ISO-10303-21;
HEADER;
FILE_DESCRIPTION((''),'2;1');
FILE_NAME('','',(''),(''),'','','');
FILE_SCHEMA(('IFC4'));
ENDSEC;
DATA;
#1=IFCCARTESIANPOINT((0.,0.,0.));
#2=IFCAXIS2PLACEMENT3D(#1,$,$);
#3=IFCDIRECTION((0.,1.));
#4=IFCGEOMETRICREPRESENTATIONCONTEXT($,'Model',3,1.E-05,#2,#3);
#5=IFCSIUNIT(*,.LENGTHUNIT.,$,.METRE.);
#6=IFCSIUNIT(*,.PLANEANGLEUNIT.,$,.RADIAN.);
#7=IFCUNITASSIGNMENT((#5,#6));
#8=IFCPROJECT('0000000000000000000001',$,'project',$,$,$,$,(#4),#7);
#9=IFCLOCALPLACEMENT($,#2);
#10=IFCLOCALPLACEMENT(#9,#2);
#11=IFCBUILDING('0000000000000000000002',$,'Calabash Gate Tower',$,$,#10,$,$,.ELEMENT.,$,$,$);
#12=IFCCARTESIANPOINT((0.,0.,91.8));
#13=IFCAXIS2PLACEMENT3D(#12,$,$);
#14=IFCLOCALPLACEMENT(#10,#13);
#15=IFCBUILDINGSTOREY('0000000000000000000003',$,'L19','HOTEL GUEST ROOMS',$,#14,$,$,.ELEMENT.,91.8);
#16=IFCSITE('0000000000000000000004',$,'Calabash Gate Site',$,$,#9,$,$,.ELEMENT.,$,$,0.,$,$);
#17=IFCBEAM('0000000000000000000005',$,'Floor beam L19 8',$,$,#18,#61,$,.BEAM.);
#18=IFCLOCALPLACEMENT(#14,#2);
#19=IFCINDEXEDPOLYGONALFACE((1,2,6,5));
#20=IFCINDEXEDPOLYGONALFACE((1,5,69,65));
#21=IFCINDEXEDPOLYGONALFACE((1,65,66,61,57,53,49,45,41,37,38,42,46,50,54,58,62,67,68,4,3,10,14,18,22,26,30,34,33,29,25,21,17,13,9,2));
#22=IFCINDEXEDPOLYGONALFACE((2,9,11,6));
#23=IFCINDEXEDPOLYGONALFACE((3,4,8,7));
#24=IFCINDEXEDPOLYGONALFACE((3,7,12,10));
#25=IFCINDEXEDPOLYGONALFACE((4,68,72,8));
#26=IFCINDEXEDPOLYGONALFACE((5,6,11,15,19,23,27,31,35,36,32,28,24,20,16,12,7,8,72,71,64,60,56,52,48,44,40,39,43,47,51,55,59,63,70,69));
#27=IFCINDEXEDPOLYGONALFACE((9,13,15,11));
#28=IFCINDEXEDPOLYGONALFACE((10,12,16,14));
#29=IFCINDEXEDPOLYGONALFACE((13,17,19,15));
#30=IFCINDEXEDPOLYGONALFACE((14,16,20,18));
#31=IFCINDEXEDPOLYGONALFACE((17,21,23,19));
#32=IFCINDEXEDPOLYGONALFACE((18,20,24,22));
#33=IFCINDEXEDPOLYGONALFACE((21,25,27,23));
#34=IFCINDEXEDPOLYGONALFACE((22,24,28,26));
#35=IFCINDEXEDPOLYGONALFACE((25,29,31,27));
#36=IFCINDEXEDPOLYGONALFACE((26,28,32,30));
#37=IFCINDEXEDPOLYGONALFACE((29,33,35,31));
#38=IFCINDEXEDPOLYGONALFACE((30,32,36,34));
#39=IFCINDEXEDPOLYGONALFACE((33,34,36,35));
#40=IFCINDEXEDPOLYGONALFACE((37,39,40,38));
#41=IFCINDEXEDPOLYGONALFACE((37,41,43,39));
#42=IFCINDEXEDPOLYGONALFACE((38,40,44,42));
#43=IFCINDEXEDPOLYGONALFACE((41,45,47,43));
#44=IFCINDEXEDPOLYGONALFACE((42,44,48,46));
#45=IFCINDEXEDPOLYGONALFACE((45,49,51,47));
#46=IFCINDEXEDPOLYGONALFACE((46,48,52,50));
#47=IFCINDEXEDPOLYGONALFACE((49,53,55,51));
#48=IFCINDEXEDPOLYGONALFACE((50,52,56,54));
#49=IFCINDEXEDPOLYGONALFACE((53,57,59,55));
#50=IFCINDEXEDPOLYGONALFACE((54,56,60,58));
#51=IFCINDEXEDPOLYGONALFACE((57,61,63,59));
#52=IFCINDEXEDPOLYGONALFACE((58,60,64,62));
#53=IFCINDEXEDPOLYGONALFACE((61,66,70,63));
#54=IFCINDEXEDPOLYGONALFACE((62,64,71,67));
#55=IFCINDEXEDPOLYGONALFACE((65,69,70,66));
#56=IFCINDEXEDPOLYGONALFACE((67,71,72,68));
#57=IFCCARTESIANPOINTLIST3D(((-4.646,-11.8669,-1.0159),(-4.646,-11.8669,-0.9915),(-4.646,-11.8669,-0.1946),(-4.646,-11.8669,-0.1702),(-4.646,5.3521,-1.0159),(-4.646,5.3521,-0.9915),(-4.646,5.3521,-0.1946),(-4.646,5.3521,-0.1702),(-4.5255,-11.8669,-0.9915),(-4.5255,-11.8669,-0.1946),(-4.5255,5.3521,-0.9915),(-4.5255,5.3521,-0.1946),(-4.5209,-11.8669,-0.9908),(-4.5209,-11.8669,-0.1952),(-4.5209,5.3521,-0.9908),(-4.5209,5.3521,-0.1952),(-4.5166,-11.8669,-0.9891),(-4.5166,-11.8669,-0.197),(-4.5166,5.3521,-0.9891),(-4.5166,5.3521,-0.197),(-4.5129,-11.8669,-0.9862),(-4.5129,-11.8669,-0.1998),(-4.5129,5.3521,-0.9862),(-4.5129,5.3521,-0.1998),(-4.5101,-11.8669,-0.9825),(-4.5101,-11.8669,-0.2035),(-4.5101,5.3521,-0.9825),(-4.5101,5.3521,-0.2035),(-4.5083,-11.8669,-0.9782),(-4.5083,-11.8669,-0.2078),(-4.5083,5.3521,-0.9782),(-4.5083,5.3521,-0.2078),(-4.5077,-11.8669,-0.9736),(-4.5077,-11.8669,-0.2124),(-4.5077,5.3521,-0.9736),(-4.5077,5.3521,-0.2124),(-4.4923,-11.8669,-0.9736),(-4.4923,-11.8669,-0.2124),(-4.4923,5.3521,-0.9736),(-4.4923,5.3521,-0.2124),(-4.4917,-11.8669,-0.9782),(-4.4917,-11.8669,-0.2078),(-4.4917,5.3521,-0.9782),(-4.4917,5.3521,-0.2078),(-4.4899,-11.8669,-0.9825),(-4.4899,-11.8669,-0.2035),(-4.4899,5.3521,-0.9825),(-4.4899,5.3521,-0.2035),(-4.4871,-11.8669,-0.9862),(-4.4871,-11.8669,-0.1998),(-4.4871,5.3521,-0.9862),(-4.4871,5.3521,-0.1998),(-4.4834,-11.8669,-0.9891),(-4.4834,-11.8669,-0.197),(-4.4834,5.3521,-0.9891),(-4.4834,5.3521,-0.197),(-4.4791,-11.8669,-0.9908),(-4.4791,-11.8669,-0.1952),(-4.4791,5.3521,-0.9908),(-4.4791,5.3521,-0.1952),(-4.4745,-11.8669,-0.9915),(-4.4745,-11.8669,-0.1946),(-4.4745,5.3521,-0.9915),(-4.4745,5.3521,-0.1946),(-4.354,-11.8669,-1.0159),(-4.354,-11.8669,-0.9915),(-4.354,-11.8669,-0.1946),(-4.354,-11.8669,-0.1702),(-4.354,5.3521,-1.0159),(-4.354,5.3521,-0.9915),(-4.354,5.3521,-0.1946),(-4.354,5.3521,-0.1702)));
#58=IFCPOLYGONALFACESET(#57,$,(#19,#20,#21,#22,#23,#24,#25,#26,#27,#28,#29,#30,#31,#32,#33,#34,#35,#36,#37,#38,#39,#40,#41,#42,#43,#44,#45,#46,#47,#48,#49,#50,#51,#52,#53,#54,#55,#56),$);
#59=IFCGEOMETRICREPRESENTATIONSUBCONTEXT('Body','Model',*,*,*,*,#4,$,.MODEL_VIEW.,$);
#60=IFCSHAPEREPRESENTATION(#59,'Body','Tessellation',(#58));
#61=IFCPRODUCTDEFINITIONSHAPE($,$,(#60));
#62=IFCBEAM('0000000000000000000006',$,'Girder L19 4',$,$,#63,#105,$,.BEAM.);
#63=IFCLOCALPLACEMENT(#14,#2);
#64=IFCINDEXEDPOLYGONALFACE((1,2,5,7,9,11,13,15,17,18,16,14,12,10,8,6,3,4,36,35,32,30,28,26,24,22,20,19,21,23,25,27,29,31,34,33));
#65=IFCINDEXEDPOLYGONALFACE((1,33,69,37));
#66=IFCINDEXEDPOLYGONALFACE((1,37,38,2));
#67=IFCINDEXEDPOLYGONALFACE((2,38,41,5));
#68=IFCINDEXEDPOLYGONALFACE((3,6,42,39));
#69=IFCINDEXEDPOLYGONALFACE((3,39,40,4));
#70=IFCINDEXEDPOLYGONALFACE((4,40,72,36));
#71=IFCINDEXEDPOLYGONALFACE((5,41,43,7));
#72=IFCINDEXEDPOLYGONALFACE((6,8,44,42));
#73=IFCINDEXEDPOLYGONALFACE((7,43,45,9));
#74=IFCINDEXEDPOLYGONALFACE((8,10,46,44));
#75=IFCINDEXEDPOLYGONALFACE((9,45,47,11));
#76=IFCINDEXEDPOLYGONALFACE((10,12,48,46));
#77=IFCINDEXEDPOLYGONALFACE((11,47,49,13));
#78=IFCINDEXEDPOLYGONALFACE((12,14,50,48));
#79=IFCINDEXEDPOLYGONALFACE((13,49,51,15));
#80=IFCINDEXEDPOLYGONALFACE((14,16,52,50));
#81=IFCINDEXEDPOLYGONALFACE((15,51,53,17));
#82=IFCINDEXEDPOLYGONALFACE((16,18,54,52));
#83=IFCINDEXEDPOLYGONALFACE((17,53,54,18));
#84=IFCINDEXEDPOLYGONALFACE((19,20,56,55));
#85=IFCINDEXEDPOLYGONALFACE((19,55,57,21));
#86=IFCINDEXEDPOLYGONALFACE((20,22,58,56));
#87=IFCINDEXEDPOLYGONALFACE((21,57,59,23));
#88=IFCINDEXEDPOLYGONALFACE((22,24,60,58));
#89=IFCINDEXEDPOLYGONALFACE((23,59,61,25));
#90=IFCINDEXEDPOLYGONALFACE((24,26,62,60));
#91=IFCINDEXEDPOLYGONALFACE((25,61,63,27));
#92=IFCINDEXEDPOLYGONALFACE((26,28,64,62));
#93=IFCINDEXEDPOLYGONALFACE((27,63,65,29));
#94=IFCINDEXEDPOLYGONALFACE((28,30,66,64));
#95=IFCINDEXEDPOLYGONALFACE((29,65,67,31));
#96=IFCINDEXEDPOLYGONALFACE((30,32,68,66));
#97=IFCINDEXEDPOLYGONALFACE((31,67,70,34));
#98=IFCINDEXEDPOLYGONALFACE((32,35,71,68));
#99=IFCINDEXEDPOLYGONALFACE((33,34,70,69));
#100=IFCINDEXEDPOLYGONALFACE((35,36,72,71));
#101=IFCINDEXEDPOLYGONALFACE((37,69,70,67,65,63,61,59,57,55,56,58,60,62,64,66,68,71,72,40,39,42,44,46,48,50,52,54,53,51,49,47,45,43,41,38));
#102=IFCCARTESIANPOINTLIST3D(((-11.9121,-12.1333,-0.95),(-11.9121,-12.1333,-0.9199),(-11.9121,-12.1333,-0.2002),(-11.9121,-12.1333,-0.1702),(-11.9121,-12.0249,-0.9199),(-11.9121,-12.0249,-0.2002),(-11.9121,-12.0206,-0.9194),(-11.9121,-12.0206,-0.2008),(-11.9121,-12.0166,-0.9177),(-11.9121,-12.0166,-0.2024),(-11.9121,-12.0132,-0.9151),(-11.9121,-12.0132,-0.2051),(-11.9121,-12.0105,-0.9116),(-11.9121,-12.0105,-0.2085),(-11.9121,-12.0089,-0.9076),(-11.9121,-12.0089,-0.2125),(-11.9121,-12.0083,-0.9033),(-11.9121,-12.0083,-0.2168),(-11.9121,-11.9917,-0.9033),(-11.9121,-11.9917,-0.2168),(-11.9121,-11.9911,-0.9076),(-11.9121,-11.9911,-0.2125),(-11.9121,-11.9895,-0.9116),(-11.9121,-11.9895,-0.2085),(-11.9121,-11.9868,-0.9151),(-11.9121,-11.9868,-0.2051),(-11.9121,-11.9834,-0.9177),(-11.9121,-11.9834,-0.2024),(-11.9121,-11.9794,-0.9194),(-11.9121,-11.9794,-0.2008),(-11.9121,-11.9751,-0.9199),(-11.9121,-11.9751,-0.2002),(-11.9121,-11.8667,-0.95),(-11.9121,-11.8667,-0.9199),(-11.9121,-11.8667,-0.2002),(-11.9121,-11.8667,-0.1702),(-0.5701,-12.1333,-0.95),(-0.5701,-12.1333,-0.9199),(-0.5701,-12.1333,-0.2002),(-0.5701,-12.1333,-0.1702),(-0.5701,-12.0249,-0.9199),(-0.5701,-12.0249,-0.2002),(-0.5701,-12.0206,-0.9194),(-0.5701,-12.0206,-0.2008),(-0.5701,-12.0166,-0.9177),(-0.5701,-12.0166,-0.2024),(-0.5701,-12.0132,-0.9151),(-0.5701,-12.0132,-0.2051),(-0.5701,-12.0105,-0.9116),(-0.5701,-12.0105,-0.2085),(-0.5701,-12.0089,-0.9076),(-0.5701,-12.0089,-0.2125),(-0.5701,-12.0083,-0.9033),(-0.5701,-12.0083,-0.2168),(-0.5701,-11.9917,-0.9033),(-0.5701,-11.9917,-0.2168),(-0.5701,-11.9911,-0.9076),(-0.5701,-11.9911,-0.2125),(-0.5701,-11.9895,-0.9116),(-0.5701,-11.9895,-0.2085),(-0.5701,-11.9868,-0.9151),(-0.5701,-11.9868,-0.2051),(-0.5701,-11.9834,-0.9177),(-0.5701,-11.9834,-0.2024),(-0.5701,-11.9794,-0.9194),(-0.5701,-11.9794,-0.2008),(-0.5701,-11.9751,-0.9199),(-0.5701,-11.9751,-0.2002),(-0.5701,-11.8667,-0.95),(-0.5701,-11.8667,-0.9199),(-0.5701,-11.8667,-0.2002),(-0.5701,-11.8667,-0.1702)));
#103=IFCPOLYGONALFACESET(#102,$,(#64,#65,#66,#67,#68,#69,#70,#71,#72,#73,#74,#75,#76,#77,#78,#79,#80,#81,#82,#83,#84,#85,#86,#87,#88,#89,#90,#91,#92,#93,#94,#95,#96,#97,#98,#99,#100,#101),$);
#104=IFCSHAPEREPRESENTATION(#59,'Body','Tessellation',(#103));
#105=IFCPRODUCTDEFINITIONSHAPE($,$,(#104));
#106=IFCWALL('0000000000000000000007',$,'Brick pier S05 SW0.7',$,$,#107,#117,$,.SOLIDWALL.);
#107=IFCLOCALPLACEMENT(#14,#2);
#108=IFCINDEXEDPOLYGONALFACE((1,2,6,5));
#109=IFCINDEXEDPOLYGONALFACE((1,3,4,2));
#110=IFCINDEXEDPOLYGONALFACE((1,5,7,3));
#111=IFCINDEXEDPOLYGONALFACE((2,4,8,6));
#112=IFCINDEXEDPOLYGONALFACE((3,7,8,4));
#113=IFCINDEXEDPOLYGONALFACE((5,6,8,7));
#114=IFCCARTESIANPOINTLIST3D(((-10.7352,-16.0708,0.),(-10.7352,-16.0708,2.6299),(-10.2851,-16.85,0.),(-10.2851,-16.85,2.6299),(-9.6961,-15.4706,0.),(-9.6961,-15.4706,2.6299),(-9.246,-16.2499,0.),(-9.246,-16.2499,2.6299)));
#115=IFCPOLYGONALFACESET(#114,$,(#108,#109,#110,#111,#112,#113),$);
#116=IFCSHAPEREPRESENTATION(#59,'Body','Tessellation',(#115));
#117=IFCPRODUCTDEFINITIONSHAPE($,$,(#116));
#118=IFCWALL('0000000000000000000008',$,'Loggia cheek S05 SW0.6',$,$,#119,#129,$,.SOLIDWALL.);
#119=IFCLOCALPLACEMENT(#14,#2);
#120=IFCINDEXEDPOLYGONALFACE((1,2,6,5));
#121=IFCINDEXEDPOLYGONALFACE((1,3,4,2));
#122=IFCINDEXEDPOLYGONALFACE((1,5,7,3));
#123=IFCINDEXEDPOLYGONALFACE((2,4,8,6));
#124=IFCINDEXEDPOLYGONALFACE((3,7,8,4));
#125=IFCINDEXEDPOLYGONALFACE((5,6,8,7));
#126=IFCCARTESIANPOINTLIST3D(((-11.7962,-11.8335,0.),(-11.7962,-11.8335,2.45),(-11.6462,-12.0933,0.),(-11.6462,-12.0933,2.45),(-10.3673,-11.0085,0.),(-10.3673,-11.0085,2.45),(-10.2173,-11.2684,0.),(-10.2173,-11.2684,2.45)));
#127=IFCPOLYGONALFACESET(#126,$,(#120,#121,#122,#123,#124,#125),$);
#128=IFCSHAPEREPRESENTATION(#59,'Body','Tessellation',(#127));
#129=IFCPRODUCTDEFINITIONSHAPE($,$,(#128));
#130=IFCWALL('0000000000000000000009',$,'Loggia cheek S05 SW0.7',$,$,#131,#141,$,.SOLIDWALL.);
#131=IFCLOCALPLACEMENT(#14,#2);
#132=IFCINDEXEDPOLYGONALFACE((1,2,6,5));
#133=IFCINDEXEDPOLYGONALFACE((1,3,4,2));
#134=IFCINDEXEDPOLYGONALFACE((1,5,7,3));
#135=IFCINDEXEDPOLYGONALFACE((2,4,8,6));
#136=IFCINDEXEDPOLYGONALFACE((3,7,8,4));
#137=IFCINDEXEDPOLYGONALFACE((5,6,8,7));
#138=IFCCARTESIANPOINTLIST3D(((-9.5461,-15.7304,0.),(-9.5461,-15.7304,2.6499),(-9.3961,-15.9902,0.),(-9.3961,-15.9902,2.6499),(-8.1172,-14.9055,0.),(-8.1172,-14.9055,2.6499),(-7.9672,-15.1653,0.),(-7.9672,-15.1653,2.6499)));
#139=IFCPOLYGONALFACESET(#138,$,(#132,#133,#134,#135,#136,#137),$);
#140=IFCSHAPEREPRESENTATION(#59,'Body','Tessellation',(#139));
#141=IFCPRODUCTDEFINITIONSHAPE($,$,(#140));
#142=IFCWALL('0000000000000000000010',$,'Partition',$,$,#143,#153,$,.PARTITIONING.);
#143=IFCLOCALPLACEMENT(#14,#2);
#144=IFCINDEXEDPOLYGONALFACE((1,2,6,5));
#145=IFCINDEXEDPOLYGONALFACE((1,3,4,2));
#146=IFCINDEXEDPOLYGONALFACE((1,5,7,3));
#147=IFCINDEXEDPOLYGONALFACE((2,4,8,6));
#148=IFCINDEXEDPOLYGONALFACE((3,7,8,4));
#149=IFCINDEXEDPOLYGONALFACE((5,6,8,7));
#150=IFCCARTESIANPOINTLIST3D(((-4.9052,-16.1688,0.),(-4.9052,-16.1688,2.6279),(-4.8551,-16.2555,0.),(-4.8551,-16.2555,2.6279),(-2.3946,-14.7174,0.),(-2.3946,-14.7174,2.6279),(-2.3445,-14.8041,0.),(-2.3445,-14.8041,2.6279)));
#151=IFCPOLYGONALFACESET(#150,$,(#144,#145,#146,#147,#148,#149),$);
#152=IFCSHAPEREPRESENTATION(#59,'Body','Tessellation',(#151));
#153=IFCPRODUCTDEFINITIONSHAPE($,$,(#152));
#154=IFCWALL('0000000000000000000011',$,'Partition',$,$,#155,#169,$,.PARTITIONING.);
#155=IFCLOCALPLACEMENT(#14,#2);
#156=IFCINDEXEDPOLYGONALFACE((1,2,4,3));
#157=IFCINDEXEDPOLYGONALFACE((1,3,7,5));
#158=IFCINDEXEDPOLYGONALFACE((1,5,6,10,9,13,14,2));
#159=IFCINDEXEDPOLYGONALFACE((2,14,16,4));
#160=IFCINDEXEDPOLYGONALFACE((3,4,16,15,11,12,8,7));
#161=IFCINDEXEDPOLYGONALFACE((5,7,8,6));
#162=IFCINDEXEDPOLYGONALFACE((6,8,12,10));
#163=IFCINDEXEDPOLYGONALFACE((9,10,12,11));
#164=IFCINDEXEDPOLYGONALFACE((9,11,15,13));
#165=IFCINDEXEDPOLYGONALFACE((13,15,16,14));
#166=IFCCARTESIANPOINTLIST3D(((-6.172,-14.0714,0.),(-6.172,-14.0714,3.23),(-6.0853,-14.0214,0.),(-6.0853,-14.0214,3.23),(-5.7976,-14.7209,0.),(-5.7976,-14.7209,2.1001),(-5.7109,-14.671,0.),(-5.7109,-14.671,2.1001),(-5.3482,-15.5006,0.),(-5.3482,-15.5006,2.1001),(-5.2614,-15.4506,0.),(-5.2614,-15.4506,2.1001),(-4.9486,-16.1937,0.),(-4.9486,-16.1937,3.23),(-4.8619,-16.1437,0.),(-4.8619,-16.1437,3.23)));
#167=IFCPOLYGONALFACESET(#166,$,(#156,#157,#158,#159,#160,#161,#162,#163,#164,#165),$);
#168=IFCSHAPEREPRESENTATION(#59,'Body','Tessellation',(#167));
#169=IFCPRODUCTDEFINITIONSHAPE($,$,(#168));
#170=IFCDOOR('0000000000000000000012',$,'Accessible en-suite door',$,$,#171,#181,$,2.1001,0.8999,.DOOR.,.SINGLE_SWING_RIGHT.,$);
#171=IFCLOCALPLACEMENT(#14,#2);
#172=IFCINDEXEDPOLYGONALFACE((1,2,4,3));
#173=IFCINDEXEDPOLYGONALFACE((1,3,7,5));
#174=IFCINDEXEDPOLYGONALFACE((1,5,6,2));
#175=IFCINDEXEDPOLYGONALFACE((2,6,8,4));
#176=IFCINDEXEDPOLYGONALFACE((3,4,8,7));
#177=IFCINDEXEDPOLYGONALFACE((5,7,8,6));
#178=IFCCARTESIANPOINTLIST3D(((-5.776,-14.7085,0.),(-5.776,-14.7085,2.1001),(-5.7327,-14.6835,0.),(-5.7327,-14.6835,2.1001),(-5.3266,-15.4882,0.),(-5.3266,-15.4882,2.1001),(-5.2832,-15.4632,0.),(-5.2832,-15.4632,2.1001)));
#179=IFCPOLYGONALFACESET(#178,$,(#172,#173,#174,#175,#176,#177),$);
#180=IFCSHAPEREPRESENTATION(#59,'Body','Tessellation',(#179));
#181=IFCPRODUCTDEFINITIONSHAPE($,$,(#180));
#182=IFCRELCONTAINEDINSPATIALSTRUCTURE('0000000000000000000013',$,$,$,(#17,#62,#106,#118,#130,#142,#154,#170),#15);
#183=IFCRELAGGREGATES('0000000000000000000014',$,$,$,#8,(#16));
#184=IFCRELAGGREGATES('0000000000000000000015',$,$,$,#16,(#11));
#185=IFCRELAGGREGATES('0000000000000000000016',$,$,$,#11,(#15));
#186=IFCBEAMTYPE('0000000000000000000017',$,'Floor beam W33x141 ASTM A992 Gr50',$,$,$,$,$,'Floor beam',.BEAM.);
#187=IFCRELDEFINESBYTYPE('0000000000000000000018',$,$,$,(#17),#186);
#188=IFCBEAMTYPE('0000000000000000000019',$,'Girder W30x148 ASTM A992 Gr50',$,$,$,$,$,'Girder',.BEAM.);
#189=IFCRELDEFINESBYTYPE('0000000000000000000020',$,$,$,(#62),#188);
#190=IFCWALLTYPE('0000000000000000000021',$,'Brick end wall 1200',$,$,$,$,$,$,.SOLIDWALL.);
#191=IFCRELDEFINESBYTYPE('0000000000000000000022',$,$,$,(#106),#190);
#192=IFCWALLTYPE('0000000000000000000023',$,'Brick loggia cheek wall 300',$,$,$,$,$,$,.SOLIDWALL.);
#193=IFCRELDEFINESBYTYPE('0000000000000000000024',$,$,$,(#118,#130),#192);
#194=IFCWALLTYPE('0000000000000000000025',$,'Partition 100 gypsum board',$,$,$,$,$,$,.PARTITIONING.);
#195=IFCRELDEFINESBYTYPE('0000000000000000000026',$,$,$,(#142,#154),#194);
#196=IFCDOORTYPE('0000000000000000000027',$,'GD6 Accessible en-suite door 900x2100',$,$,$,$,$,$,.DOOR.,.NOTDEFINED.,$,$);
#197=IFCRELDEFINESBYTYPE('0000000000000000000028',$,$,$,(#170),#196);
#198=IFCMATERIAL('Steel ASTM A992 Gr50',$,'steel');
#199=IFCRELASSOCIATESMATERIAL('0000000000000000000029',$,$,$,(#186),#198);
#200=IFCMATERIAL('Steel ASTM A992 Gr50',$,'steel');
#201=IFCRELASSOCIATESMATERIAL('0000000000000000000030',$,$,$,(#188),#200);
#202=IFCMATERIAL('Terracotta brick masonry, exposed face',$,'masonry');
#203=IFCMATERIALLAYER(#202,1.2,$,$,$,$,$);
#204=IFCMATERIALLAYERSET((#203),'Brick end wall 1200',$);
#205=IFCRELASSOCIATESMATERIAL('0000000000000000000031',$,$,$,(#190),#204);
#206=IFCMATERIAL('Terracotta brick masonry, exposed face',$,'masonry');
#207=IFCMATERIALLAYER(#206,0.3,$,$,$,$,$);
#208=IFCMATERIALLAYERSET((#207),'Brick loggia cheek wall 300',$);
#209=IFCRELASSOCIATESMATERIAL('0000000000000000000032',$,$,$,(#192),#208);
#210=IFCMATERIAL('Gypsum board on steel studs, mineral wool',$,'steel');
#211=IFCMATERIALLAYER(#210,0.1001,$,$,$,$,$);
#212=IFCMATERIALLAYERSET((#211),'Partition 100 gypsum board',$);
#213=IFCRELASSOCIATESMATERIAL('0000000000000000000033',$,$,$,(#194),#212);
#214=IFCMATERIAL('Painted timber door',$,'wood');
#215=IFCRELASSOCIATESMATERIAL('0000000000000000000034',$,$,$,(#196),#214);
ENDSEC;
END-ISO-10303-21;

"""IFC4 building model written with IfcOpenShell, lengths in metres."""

from ifc_helpers import new_model, si_unit, direction, frame, frame_2d, origin, origin_2d, place, context, subcontext, project, spatial, rectangle, i_section, extrude, material, layer, layer_set, material_profile, profile_set, type_object, element, fill, save


model = new_model("IFC4")

# Units and contexts
model_context = context("Model", 3, precision=1e-05, world=origin(), true_north=direction((0.0, 1.0)))
body_context = subcontext(model_context, "Body", "Model", "MODEL_VIEW")
ifc_project = project(units=[si_unit("LENGTHUNIT", "METRE"), si_unit("PLANEANGLEUNIT", "RADIAN")], contexts=[model_context])

# Site, building, storey
site_placement = place(None, origin())
site = spatial("IfcSite", under=ifc_project, at=site_placement, Name="Calabash Gate Site", CompositionType="ELEMENT", RefElevation=0.0)
building_placement = place(site_placement, origin())
building = spatial("IfcBuilding", under=site, at=building_placement, Name="Calabash Gate Tower", CompositionType="ELEMENT")
storey_placement = place(building_placement, frame((0.0, 0.0, 91.8)))
storey = spatial("IfcBuildingStorey", under=building, at=storey_placement, Name="L19", Description="HOTEL GUEST ROOMS", CompositionType="ELEMENT", Elevation=91.8)

# Beams
ifc_material_1 = material(Name="Steel ASTM A992 Gr50", Category="steel")
ifc_material_profile_1 = material_profile(ifc_material_1, i_section(OverallWidth=0.292, OverallDepth=0.8457, WebThickness=0.0154, FlangeThickness=0.0244, FilletRadius=0.0178, at=origin_2d()))
ifc_profile_set_1 = profile_set([ifc_material_profile_1], Name="Steel ASTM A992 Gr50")
beam_type_1 = type_object("IfcBeamType", Name="Floor beam W33x141 ASTM A992 Gr50", ElementType="Floor beam", PredefinedType="BEAM", material=ifc_profile_set_1)
beam_1_placement = place(storey_placement, frame((-4.5, -11.8669, -0.593), z_axis=(0.0, 1.0, 0.0), x_axis=(-1.0, 0.0, 0.0)))
element("IfcBeam", 1, at=beam_1_placement, inside=storey, type_object=beam_type_1, Name="Floor beam L19 8", PredefinedType="BEAM", context=body_context, shape_type="SweptSolid", body=[
    extrude(i_section(OverallWidth=0.292, OverallDepth=0.8457, WebThickness=0.0154, FlangeThickness=0.0244, FilletRadius=0.0178, at=origin_2d()), origin(), (0.0, 0.0, 1.0), 17.219),
])
ifc_material_2 = material(Name="Steel ASTM A992 Gr50", Category="steel")
ifc_material_profile_2 = material_profile(ifc_material_2, i_section(OverallWidth=0.2666, OverallDepth=0.7798, WebThickness=0.0166, FlangeThickness=0.03, FilletRadius=0.0166, at=origin_2d()))
ifc_profile_set_2 = profile_set([ifc_material_profile_2], Name="Steel ASTM A992 Gr50")
beam_type_2 = type_object("IfcBeamType", Name="Girder W30x148 ASTM A992 Gr50", ElementType="Girder", PredefinedType="BEAM", material=ifc_profile_set_2)
beam_2_placement = place(storey_placement, frame((-11.9121, -12.0, -0.5601), z_axis=(1.0, 0.0, 0.0), x_axis=(0.0, 1.0, 0.0)))
element("IfcBeam", 2, at=beam_2_placement, inside=storey, type_object=beam_type_2, Name="Girder L19 4", PredefinedType="BEAM", context=body_context, shape_type="SweptSolid", body=[
    extrude(i_section(OverallWidth=0.2666, OverallDepth=0.7798, WebThickness=0.0166, FlangeThickness=0.03, FilletRadius=0.0166, at=origin_2d()), origin(), (0.0, 0.0, 1.0), 11.342),
])

# Walls
ifc_material_3 = material(Name="Terracotta brick masonry, exposed face", Category="masonry")
ifc_layer_1 = layer(ifc_material_3, 1.2)
ifc_layer_set_1 = layer_set([ifc_layer_1], Name="Brick end wall 1200")
wall_type_1 = type_object("IfcWallType", Name="Brick end wall 1200", PredefinedType="SOLIDWALL", material=ifc_layer_set_1)
wall_1_placement = place(storey_placement, frame((-10.5103, -16.4604, 0.0), z_axis=(0.0, 0.0, 1.0), x_axis=(0.865955, 0.500122, 0.0)))
element("IfcWall", 3, at=wall_1_placement, inside=storey, type_object=wall_type_1, Name="Brick pier S05 SW0.7", PredefinedType="SOLIDWALL", context=body_context, shape_type="SweptSolid", body=[
    extrude(rectangle(XDim=1.2, YDim=0.8999, at=frame_2d((0.6001, 0.0))), origin(), (0.0, 0.0, 1.0), 2.6299),
])
ifc_material_4 = material(Name="Terracotta brick masonry, exposed face", Category="masonry")
ifc_layer_2 = layer(ifc_material_4, 0.3)
ifc_layer_set_2 = layer_set([ifc_layer_2], Name="Brick loggia cheek wall 300")
wall_type_2 = type_object("IfcWallType", Name="Brick loggia cheek wall 300", PredefinedType="SOLIDWALL", material=ifc_layer_set_2)
wall_2_placement = place(storey_placement, frame((-11.7212, -11.9634, 0.0), z_axis=(0.0, 0.0, 1.0), x_axis=(0.86604, 0.499974, 0.0)))
element("IfcWall", 4, at=wall_2_placement, inside=storey, type_object=wall_type_2, Name="Loggia cheek S05 SW0.6", PredefinedType="SOLIDWALL", context=body_context, shape_type="SweptSolid", body=[
    extrude(rectangle(XDim=1.6499, YDim=0.3, at=frame_2d((0.825, 0.0))), origin(), (0.0, 0.0, 1.0), 2.45),
])
wall_3_placement = place(storey_placement, frame((-8.0422, -15.0354, 0.0), z_axis=(0.0, 0.0, 1.0), x_axis=(-0.86604, -0.499974, 0.0)))
element("IfcWall", 5, at=wall_3_placement, inside=storey, type_object=wall_type_2, Name="Loggia cheek S05 SW0.7", PredefinedType="SOLIDWALL", context=body_context, shape_type="SweptSolid", body=[
    extrude(rectangle(XDim=1.6499, YDim=0.3, at=frame_2d((0.825, 0.0))), origin(), (0.0, 0.0, 1.0), 2.6499),
])
ifc_material_5 = material(Name="Gypsum board on steel studs, mineral wool", Category="steel")
ifc_layer_3 = layer(ifc_material_5, 0.1001)
ifc_layer_set_3 = layer_set([ifc_layer_3], Name="Partition 100 gypsum board")
wall_type_3 = type_object("IfcWallType", Name="Partition 100 gypsum board", PredefinedType="PARTITIONING", material=ifc_layer_set_3)
wall_4_placement = place(storey_placement, frame((-4.8801, -16.2122, 0.0), z_axis=(0.0, 0.0, 1.0), x_axis=(0.86573, 0.500512, 0.0)))
element("IfcWall", 6, at=wall_4_placement, inside=storey, type_object=wall_type_3, Name="Partition", PredefinedType="PARTITIONING", context=body_context, shape_type="SweptSolid", body=[
    extrude(rectangle(XDim=2.8999, YDim=0.1001, at=frame_2d((1.45, 0.0))), origin(), (0.0, 0.0, 1.0), 2.6279),
])

# Wall, opening, door
wall_5_placement = place(storey_placement, frame((-6.1287, -14.0464, 0.0), z_axis=(0.0, 0.0, 1.0), x_axis=(0.499409, -0.866366, 0.0)))
wall_5 = element("IfcWall", 7, at=wall_5_placement, inside=storey, type_object=wall_type_3, Name="Partition", PredefinedType="PARTITIONING", context=body_context, shape_type="SweptSolid", body=[
    extrude(rectangle(XDim=2.4497, YDim=0.1001, at=frame_2d((1.2249, 0.0))), origin(), (0.0, 0.0, 1.0), 3.23),
])
opening_1_placement = place(wall_5_placement, frame((0.7498, 0.0, 0.0)))
opening_1 = element("IfcOpeningElement", 8, at=opening_1_placement, cuts=wall_5, PredefinedType="OPENING", context=body_context, shape_type="SweptSolid", body=[
    extrude(rectangle(XDim=0.8999, YDim=2.1001, at=frame_2d((0.45, 1.05))), frame((0.0, 0.0601, 0.0), z_axis=(0.0, -1.0, 0.0), x_axis=(1.0, 0.0, 0.0)), (0.0, 0.0, 1.0), 0.1201),
])
ifc_material_6 = material(Name="Painted timber door", Category="wood")
door_type_1 = type_object("IfcDoorType", Name="GD6 Accessible en-suite door 900x2100", OperationType="NOTDEFINED", PredefinedType="DOOR", material=ifc_material_6)
door_1_placement = place(opening_1_placement, origin())
door_1 = element("IfcDoor", 9, at=door_1_placement, inside=storey, type_object=door_type_1, Name="Accessible en-suite door", OperationType="SINGLE_SWING_RIGHT", OverallHeight=2.1001, OverallWidth=0.8999, PredefinedType="DOOR", context=body_context, shape_type="SweptSolid", body=[
    extrude(rectangle(XDim=0.8999, YDim=2.1001, at=frame_2d((0.45, 1.05))), frame((0.0, 0.0249, 0.0), z_axis=(0.0, -1.0, 0.0), x_axis=(1.0, 0.0, 0.0)), (0.0, 0.0, 1.0), 0.05),
])
fill(opening_1, door_1)

save(model, "model.ifc")
